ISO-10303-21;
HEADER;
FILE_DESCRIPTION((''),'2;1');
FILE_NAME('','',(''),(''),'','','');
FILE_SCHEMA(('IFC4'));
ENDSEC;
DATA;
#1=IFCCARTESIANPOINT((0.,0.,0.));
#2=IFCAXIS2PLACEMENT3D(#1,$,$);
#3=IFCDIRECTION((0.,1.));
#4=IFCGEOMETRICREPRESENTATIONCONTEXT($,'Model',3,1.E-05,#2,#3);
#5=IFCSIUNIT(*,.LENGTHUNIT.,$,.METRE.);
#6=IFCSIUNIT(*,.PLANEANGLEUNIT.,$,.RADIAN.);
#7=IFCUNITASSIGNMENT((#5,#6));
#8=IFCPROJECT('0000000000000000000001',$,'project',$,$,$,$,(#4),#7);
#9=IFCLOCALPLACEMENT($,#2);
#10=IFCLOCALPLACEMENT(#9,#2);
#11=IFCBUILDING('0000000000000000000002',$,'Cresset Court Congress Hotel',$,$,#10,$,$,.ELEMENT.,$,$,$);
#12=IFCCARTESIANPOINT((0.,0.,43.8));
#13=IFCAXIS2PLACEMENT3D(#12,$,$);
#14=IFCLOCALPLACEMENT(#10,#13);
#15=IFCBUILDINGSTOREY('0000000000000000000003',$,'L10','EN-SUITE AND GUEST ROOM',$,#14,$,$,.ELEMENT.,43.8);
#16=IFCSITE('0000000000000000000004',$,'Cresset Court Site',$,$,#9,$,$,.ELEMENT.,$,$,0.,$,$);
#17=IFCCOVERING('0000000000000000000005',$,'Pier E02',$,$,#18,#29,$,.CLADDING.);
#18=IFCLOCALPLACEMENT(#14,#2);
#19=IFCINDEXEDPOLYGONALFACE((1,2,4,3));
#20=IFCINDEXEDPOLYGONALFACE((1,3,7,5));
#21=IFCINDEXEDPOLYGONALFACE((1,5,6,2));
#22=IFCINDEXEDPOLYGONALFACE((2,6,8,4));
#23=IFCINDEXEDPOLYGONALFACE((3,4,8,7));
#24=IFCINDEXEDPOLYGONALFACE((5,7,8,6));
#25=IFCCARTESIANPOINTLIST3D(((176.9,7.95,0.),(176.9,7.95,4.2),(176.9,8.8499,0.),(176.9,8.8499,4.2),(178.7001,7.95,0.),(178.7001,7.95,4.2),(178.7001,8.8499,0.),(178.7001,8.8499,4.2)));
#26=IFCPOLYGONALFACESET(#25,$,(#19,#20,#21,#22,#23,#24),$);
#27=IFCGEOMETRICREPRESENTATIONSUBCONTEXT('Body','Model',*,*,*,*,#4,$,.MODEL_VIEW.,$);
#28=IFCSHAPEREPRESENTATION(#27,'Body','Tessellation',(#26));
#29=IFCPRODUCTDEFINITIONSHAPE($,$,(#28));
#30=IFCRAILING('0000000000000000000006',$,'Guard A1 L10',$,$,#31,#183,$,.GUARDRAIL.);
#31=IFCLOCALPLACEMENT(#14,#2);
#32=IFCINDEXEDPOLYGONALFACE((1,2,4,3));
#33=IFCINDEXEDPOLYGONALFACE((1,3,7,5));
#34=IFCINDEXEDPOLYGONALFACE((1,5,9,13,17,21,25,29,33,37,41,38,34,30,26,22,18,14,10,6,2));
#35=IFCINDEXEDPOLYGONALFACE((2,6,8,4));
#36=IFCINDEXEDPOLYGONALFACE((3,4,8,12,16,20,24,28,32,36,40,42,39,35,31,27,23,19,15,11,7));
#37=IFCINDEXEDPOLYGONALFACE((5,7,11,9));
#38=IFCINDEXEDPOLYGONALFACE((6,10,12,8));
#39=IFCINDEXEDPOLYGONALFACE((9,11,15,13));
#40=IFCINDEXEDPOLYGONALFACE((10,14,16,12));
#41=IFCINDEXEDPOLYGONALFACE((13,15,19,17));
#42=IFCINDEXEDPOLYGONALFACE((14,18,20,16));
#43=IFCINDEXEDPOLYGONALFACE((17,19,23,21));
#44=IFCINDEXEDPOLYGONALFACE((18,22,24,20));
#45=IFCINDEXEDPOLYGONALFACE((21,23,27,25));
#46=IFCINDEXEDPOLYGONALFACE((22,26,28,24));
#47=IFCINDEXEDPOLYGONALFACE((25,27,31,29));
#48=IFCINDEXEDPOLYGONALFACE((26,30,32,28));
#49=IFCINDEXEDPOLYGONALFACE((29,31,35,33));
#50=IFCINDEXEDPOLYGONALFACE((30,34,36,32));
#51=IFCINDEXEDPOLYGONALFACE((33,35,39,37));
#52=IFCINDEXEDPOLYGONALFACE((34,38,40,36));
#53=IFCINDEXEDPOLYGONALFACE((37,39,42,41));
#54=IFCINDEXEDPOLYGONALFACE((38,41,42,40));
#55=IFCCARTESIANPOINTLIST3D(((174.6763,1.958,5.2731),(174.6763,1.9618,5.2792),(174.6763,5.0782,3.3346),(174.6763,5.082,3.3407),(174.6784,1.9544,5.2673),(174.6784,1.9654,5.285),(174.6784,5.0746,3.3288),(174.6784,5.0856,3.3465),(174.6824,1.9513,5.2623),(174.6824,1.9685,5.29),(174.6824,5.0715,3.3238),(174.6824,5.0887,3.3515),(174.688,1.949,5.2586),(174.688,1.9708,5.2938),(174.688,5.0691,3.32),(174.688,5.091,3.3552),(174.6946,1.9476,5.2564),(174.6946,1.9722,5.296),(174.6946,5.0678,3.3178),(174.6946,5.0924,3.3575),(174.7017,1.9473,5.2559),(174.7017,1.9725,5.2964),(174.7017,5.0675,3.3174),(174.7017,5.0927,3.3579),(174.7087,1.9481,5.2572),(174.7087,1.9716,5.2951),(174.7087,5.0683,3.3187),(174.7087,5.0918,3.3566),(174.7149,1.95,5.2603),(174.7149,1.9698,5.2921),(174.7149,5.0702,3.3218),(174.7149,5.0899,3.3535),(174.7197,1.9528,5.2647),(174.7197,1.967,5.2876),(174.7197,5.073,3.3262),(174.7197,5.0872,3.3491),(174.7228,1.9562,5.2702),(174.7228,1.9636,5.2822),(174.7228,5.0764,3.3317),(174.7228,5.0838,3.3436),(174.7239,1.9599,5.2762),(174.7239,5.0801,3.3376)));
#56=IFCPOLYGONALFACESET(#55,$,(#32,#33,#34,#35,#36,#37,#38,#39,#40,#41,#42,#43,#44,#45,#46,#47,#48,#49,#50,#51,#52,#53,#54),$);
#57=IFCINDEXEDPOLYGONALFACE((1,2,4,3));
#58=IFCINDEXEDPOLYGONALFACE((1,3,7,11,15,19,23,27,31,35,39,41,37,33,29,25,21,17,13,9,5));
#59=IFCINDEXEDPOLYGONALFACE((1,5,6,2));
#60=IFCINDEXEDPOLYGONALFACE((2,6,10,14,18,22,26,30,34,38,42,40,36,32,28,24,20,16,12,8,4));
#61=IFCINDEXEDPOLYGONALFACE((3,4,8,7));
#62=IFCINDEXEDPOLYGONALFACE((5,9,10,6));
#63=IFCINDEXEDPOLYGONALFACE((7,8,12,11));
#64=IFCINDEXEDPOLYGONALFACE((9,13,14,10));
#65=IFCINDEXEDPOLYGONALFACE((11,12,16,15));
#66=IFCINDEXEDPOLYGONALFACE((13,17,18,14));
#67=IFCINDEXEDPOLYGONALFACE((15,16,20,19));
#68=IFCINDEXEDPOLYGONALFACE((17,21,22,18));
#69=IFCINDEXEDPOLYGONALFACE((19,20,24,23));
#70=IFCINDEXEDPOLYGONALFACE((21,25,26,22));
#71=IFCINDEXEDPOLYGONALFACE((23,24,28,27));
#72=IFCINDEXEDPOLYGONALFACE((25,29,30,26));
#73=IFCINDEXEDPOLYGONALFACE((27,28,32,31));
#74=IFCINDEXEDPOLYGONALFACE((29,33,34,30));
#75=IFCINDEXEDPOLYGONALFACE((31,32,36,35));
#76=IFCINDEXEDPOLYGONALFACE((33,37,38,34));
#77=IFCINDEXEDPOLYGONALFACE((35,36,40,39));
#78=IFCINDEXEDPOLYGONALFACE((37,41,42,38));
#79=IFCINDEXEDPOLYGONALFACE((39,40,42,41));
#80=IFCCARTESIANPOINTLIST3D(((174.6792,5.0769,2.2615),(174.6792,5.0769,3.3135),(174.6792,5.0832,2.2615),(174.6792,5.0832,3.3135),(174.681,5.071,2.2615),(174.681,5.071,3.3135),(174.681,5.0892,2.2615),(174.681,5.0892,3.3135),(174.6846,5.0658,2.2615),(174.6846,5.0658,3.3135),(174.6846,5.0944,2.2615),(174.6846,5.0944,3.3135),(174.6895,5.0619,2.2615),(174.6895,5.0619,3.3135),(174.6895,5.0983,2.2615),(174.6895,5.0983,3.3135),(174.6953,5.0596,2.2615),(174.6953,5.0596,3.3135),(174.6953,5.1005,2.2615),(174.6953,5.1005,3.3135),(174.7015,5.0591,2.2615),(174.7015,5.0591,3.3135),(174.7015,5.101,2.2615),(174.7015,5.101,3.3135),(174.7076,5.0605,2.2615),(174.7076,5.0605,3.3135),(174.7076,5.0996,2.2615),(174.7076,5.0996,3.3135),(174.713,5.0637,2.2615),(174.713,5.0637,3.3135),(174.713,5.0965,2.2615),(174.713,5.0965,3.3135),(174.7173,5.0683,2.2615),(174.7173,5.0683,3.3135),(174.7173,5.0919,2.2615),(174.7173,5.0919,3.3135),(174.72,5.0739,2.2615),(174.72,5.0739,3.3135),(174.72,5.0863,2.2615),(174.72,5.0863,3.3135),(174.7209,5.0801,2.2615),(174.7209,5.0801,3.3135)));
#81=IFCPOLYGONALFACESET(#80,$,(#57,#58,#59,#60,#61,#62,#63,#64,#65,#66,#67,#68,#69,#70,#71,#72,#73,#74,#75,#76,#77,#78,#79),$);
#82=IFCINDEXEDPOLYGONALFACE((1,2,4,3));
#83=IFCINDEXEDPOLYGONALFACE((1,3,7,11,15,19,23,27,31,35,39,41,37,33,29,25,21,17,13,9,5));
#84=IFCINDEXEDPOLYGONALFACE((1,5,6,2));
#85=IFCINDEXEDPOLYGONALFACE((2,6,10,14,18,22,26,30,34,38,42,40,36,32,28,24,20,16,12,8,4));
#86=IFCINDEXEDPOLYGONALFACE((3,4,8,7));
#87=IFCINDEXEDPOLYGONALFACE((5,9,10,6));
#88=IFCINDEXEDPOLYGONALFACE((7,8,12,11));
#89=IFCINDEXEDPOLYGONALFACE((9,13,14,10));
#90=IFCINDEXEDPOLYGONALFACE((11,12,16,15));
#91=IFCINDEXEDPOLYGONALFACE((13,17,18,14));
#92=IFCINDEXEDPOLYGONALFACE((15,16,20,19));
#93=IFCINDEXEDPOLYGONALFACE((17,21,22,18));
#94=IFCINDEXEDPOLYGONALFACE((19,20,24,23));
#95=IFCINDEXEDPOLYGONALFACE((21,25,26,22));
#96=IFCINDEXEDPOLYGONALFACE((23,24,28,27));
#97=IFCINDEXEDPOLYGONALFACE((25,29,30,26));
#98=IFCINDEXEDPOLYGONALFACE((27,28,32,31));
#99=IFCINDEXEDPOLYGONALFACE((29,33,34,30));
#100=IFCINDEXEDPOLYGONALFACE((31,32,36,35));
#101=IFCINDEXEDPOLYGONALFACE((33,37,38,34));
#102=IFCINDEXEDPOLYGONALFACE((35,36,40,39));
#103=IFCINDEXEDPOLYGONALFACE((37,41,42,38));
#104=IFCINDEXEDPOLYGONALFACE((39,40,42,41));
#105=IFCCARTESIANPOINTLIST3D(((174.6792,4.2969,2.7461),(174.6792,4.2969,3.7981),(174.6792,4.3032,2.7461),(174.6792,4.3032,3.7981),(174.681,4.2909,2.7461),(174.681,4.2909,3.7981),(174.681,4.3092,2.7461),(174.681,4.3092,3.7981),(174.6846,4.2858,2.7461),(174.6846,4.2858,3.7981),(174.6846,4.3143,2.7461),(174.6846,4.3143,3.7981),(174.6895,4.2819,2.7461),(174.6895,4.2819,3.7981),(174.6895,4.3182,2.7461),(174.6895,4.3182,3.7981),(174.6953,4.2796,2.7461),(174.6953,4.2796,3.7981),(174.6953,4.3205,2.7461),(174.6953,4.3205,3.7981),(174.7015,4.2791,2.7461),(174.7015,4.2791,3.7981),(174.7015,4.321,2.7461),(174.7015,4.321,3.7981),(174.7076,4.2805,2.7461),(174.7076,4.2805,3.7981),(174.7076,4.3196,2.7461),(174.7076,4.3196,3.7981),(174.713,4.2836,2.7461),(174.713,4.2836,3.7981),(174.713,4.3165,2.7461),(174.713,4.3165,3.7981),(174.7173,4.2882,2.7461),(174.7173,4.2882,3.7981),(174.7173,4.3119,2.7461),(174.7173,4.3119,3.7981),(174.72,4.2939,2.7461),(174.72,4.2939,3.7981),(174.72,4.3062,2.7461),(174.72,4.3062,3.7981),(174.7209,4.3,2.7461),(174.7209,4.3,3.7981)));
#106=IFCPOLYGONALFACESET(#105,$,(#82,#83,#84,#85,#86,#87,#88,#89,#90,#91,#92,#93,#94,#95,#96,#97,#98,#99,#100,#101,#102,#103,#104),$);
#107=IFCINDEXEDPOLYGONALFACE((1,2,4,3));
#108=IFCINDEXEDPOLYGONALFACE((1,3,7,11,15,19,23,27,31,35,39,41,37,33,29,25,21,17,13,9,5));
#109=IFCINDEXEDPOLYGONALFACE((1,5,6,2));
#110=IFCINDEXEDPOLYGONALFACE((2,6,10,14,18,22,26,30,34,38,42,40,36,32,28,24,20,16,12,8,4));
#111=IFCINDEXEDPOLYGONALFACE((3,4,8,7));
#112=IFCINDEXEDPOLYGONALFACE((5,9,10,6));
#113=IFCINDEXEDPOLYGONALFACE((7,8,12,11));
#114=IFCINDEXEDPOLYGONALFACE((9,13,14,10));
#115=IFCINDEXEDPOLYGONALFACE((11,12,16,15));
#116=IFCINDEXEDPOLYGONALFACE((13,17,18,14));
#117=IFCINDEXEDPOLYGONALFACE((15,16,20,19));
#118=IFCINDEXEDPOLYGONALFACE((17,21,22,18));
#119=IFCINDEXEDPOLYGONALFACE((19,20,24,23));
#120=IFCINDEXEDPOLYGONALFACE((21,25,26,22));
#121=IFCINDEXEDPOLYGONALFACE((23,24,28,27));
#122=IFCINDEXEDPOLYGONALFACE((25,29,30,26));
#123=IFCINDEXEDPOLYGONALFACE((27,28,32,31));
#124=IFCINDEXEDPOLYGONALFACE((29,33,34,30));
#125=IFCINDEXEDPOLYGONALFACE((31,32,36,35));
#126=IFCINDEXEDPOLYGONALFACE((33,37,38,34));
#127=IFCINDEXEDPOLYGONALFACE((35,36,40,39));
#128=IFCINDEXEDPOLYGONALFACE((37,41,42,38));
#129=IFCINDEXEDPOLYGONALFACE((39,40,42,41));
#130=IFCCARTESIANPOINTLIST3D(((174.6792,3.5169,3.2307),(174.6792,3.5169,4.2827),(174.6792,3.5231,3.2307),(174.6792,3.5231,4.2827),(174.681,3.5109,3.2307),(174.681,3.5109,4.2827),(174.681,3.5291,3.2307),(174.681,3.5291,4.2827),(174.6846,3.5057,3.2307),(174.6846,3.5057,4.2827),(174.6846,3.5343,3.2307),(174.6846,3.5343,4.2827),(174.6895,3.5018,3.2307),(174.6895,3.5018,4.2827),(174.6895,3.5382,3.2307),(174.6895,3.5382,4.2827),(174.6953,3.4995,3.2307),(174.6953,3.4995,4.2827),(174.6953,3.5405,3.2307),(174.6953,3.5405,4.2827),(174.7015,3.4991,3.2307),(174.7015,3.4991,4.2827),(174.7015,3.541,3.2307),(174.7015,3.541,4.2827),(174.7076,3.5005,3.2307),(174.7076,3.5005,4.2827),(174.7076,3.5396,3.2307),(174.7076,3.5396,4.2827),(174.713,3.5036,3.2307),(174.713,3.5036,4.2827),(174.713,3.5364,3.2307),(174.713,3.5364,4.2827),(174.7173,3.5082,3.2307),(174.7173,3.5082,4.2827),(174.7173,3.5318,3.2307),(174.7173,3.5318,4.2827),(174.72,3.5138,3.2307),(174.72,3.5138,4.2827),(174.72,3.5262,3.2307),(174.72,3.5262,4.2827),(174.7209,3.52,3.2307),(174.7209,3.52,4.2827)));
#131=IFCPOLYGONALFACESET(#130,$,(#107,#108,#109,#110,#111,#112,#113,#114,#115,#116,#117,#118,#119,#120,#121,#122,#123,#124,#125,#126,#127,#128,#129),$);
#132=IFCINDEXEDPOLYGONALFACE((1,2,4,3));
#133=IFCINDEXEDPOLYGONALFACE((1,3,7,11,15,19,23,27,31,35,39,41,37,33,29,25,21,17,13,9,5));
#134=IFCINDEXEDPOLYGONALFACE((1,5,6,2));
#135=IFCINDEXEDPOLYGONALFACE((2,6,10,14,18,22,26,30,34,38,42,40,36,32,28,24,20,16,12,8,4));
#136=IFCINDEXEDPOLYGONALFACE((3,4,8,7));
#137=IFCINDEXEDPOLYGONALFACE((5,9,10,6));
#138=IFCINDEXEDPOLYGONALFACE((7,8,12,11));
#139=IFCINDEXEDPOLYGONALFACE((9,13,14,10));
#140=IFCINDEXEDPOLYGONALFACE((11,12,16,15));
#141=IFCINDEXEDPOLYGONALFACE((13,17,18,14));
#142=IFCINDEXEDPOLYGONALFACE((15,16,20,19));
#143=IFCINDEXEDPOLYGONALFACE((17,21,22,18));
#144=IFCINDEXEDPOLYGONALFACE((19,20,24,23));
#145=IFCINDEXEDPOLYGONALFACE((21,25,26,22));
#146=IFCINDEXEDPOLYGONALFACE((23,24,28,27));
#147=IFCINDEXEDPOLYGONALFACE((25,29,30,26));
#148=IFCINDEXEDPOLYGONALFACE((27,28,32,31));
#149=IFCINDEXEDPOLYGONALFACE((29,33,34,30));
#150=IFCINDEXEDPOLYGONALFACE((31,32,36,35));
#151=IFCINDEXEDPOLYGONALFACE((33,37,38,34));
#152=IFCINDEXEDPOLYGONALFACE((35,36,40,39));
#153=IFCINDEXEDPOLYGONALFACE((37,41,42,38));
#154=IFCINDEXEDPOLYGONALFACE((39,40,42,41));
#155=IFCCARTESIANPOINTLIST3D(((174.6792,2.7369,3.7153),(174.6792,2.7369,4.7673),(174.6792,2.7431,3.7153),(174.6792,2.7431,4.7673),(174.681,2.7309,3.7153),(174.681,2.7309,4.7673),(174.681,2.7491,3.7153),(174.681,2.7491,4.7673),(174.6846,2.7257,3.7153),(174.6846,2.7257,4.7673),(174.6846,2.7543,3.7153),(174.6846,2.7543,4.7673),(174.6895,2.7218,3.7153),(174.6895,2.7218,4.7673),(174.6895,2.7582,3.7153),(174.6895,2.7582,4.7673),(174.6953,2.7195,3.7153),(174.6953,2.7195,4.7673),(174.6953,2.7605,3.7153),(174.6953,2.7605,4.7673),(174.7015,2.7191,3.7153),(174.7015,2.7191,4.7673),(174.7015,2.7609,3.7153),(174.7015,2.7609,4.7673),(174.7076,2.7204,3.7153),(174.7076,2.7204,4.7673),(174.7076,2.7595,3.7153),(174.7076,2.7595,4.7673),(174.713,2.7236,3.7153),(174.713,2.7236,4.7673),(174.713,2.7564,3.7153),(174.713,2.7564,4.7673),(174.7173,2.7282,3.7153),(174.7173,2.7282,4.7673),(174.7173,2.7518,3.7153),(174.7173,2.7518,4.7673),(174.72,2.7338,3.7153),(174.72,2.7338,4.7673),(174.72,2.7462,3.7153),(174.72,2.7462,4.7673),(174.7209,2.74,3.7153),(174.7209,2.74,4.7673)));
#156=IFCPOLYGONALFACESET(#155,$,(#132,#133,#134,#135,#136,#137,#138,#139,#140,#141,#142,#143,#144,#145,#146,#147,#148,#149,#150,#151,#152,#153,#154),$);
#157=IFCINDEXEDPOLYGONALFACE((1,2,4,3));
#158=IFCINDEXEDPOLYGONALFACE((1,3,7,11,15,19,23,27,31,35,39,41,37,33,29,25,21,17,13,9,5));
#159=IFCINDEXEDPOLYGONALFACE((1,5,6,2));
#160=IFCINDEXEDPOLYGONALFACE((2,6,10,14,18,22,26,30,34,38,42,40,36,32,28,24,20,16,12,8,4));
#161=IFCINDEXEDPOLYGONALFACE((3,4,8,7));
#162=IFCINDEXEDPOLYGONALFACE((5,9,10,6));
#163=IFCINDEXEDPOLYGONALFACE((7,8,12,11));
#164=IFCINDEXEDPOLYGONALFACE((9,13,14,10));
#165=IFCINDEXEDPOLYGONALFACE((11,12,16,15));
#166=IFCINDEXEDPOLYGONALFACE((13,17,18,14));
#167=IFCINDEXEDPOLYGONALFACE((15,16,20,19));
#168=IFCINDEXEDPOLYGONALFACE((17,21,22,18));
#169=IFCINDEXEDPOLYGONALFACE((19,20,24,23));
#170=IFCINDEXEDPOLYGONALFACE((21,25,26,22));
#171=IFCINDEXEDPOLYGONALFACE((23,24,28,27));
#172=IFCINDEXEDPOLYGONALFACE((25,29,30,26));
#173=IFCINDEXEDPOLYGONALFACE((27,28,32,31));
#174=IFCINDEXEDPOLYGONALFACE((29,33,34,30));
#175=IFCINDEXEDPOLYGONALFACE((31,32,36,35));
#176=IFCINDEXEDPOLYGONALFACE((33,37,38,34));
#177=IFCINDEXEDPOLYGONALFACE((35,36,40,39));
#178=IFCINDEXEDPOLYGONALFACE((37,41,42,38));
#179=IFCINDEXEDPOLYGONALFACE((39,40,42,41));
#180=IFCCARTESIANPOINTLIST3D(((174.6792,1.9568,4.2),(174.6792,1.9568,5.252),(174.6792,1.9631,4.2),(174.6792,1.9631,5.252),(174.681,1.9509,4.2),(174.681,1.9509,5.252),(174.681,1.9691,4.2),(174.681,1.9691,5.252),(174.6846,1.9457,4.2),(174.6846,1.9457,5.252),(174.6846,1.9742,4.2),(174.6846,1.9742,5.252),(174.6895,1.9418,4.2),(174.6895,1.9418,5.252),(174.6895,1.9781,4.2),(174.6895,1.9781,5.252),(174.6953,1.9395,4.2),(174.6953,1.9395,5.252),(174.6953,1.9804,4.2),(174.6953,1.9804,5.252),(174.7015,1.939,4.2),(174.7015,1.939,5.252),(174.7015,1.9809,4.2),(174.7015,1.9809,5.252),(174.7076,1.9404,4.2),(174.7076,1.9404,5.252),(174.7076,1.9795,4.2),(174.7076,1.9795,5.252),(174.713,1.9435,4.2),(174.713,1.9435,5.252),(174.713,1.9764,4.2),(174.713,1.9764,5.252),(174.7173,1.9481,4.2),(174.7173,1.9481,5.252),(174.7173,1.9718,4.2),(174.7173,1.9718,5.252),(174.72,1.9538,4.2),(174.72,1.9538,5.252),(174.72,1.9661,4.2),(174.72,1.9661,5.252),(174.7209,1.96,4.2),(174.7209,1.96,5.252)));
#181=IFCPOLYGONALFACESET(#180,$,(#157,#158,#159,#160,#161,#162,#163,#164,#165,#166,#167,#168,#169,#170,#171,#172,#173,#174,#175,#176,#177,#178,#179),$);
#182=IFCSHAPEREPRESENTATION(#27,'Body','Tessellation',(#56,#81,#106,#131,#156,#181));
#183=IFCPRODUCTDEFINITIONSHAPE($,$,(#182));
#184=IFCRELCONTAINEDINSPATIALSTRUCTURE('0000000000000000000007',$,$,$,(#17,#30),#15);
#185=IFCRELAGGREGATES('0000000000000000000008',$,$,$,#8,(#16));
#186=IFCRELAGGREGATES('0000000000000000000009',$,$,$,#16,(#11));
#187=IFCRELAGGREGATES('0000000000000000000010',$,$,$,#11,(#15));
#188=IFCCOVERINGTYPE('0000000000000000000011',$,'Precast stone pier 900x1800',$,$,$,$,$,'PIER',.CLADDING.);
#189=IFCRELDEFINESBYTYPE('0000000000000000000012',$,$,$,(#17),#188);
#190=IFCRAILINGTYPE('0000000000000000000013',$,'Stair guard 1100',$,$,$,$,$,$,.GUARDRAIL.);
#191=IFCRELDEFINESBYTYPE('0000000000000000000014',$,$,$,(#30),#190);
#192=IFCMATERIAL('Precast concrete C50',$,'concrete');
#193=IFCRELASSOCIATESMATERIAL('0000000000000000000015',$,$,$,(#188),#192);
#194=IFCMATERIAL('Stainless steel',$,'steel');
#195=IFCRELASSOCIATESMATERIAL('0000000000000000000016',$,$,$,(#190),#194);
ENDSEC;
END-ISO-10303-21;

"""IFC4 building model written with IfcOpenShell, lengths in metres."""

from ifc_helpers import new_model, si_unit, direction, frame, origin, origin_2d, place, context, subcontext, project, spatial, rectangle, circle, extrude, material, type_object, element, save


model = new_model("IFC4")

# Units and contexts
model_context = context("Model", 3, precision=1e-05, world=origin(), true_north=direction((0.0, 1.0)))
body_context = subcontext(model_context, "Body", "Model", "MODEL_VIEW")
ifc_project = project(units=[si_unit("LENGTHUNIT", "METRE"), si_unit("PLANEANGLEUNIT", "RADIAN")], contexts=[model_context])

# Site, building, storey
site_placement = place(None, origin())
site = spatial("IfcSite", under=ifc_project, at=site_placement, Name="Cresset Court Site", CompositionType="ELEMENT", RefElevation=0.0)
building_placement = place(site_placement, origin())
building = spatial("IfcBuilding", under=site, at=building_placement, Name="Cresset Court Congress Hotel", CompositionType="ELEMENT")
storey_placement = place(building_placement, frame((0.0, 0.0, 43.8)))
storey = spatial("IfcBuildingStorey", under=building, at=storey_placement, Name="L10", Description="EN-SUITE AND GUEST ROOM", CompositionType="ELEMENT", Elevation=43.8)

# Covering
ifc_material_1 = material(Name="Precast concrete C50", Category="concrete")
covering_type_1 = type_object("IfcCoveringType", Name="Precast stone pier 900x1800", ElementType="PIER", PredefinedType="CLADDING", material=ifc_material_1)
covering_placement = place(storey_placement, frame((177.8, 8.3999, 0.0), z_axis=(0.0, 0.0, 1.0), x_axis=(1.0, 0.0, 0.0)))
element("IfcCovering", 1, at=covering_placement, inside=storey, type_object=covering_type_1, Name="Pier E02", PredefinedType="CLADDING", context=body_context, shape_type="SweptSolid", body=[
    extrude(rectangle(XDim=1.8, YDim=0.8999, at=origin_2d()), origin(), (0.0, 0.0, 1.0), 4.2),
])

# Railing
ifc_material_2 = material(Name="Stainless steel", Category="steel")
railing_type_1 = type_object("IfcRailingType", Name="Stair guard 1100", PredefinedType="GUARDRAIL", material=ifc_material_2)
railing_1_placement = place(storey_placement, frame((174.7, 5.0801, 2.2615)))
element("IfcRailing", 2, at=railing_1_placement, inside=storey, type_object=railing_type_1, Name="Guard A1 L10", PredefinedType="GUARDRAIL", context=body_context, shape_type="SweptSolid", body=[
    extrude(circle(Radius=0.0239, at=origin_2d()), frame((0.0, 0.0, 1.0762), z_axis=(0.0, -0.849414, 0.527727), x_axis=(1.0, 0.0, 0.0)), (0.0, 0.0, 1.0), 3.6733),
    extrude(circle(Radius=0.021, at=origin_2d()), origin(), (0.0, 0.0, 1.0), 1.052),
    extrude(circle(Radius=0.021, at=origin_2d()), frame((0.0, -0.78, 0.4846)), (0.0, 0.0, 1.0), 1.052),
    extrude(circle(Radius=0.021, at=origin_2d()), frame((0.0, -1.5601, 0.9692)), (0.0, 0.0, 1.0), 1.052),
    extrude(circle(Radius=0.021, at=origin_2d()), frame((0.0, -2.3401, 1.4539)), (0.0, 0.0, 1.0), 1.052),
    extrude(circle(Radius=0.021, at=origin_2d()), frame((0.0, -3.1201, 1.9385)), (0.0, 0.0, 1.0), 1.052),
])

save(model, "model.ifc")
